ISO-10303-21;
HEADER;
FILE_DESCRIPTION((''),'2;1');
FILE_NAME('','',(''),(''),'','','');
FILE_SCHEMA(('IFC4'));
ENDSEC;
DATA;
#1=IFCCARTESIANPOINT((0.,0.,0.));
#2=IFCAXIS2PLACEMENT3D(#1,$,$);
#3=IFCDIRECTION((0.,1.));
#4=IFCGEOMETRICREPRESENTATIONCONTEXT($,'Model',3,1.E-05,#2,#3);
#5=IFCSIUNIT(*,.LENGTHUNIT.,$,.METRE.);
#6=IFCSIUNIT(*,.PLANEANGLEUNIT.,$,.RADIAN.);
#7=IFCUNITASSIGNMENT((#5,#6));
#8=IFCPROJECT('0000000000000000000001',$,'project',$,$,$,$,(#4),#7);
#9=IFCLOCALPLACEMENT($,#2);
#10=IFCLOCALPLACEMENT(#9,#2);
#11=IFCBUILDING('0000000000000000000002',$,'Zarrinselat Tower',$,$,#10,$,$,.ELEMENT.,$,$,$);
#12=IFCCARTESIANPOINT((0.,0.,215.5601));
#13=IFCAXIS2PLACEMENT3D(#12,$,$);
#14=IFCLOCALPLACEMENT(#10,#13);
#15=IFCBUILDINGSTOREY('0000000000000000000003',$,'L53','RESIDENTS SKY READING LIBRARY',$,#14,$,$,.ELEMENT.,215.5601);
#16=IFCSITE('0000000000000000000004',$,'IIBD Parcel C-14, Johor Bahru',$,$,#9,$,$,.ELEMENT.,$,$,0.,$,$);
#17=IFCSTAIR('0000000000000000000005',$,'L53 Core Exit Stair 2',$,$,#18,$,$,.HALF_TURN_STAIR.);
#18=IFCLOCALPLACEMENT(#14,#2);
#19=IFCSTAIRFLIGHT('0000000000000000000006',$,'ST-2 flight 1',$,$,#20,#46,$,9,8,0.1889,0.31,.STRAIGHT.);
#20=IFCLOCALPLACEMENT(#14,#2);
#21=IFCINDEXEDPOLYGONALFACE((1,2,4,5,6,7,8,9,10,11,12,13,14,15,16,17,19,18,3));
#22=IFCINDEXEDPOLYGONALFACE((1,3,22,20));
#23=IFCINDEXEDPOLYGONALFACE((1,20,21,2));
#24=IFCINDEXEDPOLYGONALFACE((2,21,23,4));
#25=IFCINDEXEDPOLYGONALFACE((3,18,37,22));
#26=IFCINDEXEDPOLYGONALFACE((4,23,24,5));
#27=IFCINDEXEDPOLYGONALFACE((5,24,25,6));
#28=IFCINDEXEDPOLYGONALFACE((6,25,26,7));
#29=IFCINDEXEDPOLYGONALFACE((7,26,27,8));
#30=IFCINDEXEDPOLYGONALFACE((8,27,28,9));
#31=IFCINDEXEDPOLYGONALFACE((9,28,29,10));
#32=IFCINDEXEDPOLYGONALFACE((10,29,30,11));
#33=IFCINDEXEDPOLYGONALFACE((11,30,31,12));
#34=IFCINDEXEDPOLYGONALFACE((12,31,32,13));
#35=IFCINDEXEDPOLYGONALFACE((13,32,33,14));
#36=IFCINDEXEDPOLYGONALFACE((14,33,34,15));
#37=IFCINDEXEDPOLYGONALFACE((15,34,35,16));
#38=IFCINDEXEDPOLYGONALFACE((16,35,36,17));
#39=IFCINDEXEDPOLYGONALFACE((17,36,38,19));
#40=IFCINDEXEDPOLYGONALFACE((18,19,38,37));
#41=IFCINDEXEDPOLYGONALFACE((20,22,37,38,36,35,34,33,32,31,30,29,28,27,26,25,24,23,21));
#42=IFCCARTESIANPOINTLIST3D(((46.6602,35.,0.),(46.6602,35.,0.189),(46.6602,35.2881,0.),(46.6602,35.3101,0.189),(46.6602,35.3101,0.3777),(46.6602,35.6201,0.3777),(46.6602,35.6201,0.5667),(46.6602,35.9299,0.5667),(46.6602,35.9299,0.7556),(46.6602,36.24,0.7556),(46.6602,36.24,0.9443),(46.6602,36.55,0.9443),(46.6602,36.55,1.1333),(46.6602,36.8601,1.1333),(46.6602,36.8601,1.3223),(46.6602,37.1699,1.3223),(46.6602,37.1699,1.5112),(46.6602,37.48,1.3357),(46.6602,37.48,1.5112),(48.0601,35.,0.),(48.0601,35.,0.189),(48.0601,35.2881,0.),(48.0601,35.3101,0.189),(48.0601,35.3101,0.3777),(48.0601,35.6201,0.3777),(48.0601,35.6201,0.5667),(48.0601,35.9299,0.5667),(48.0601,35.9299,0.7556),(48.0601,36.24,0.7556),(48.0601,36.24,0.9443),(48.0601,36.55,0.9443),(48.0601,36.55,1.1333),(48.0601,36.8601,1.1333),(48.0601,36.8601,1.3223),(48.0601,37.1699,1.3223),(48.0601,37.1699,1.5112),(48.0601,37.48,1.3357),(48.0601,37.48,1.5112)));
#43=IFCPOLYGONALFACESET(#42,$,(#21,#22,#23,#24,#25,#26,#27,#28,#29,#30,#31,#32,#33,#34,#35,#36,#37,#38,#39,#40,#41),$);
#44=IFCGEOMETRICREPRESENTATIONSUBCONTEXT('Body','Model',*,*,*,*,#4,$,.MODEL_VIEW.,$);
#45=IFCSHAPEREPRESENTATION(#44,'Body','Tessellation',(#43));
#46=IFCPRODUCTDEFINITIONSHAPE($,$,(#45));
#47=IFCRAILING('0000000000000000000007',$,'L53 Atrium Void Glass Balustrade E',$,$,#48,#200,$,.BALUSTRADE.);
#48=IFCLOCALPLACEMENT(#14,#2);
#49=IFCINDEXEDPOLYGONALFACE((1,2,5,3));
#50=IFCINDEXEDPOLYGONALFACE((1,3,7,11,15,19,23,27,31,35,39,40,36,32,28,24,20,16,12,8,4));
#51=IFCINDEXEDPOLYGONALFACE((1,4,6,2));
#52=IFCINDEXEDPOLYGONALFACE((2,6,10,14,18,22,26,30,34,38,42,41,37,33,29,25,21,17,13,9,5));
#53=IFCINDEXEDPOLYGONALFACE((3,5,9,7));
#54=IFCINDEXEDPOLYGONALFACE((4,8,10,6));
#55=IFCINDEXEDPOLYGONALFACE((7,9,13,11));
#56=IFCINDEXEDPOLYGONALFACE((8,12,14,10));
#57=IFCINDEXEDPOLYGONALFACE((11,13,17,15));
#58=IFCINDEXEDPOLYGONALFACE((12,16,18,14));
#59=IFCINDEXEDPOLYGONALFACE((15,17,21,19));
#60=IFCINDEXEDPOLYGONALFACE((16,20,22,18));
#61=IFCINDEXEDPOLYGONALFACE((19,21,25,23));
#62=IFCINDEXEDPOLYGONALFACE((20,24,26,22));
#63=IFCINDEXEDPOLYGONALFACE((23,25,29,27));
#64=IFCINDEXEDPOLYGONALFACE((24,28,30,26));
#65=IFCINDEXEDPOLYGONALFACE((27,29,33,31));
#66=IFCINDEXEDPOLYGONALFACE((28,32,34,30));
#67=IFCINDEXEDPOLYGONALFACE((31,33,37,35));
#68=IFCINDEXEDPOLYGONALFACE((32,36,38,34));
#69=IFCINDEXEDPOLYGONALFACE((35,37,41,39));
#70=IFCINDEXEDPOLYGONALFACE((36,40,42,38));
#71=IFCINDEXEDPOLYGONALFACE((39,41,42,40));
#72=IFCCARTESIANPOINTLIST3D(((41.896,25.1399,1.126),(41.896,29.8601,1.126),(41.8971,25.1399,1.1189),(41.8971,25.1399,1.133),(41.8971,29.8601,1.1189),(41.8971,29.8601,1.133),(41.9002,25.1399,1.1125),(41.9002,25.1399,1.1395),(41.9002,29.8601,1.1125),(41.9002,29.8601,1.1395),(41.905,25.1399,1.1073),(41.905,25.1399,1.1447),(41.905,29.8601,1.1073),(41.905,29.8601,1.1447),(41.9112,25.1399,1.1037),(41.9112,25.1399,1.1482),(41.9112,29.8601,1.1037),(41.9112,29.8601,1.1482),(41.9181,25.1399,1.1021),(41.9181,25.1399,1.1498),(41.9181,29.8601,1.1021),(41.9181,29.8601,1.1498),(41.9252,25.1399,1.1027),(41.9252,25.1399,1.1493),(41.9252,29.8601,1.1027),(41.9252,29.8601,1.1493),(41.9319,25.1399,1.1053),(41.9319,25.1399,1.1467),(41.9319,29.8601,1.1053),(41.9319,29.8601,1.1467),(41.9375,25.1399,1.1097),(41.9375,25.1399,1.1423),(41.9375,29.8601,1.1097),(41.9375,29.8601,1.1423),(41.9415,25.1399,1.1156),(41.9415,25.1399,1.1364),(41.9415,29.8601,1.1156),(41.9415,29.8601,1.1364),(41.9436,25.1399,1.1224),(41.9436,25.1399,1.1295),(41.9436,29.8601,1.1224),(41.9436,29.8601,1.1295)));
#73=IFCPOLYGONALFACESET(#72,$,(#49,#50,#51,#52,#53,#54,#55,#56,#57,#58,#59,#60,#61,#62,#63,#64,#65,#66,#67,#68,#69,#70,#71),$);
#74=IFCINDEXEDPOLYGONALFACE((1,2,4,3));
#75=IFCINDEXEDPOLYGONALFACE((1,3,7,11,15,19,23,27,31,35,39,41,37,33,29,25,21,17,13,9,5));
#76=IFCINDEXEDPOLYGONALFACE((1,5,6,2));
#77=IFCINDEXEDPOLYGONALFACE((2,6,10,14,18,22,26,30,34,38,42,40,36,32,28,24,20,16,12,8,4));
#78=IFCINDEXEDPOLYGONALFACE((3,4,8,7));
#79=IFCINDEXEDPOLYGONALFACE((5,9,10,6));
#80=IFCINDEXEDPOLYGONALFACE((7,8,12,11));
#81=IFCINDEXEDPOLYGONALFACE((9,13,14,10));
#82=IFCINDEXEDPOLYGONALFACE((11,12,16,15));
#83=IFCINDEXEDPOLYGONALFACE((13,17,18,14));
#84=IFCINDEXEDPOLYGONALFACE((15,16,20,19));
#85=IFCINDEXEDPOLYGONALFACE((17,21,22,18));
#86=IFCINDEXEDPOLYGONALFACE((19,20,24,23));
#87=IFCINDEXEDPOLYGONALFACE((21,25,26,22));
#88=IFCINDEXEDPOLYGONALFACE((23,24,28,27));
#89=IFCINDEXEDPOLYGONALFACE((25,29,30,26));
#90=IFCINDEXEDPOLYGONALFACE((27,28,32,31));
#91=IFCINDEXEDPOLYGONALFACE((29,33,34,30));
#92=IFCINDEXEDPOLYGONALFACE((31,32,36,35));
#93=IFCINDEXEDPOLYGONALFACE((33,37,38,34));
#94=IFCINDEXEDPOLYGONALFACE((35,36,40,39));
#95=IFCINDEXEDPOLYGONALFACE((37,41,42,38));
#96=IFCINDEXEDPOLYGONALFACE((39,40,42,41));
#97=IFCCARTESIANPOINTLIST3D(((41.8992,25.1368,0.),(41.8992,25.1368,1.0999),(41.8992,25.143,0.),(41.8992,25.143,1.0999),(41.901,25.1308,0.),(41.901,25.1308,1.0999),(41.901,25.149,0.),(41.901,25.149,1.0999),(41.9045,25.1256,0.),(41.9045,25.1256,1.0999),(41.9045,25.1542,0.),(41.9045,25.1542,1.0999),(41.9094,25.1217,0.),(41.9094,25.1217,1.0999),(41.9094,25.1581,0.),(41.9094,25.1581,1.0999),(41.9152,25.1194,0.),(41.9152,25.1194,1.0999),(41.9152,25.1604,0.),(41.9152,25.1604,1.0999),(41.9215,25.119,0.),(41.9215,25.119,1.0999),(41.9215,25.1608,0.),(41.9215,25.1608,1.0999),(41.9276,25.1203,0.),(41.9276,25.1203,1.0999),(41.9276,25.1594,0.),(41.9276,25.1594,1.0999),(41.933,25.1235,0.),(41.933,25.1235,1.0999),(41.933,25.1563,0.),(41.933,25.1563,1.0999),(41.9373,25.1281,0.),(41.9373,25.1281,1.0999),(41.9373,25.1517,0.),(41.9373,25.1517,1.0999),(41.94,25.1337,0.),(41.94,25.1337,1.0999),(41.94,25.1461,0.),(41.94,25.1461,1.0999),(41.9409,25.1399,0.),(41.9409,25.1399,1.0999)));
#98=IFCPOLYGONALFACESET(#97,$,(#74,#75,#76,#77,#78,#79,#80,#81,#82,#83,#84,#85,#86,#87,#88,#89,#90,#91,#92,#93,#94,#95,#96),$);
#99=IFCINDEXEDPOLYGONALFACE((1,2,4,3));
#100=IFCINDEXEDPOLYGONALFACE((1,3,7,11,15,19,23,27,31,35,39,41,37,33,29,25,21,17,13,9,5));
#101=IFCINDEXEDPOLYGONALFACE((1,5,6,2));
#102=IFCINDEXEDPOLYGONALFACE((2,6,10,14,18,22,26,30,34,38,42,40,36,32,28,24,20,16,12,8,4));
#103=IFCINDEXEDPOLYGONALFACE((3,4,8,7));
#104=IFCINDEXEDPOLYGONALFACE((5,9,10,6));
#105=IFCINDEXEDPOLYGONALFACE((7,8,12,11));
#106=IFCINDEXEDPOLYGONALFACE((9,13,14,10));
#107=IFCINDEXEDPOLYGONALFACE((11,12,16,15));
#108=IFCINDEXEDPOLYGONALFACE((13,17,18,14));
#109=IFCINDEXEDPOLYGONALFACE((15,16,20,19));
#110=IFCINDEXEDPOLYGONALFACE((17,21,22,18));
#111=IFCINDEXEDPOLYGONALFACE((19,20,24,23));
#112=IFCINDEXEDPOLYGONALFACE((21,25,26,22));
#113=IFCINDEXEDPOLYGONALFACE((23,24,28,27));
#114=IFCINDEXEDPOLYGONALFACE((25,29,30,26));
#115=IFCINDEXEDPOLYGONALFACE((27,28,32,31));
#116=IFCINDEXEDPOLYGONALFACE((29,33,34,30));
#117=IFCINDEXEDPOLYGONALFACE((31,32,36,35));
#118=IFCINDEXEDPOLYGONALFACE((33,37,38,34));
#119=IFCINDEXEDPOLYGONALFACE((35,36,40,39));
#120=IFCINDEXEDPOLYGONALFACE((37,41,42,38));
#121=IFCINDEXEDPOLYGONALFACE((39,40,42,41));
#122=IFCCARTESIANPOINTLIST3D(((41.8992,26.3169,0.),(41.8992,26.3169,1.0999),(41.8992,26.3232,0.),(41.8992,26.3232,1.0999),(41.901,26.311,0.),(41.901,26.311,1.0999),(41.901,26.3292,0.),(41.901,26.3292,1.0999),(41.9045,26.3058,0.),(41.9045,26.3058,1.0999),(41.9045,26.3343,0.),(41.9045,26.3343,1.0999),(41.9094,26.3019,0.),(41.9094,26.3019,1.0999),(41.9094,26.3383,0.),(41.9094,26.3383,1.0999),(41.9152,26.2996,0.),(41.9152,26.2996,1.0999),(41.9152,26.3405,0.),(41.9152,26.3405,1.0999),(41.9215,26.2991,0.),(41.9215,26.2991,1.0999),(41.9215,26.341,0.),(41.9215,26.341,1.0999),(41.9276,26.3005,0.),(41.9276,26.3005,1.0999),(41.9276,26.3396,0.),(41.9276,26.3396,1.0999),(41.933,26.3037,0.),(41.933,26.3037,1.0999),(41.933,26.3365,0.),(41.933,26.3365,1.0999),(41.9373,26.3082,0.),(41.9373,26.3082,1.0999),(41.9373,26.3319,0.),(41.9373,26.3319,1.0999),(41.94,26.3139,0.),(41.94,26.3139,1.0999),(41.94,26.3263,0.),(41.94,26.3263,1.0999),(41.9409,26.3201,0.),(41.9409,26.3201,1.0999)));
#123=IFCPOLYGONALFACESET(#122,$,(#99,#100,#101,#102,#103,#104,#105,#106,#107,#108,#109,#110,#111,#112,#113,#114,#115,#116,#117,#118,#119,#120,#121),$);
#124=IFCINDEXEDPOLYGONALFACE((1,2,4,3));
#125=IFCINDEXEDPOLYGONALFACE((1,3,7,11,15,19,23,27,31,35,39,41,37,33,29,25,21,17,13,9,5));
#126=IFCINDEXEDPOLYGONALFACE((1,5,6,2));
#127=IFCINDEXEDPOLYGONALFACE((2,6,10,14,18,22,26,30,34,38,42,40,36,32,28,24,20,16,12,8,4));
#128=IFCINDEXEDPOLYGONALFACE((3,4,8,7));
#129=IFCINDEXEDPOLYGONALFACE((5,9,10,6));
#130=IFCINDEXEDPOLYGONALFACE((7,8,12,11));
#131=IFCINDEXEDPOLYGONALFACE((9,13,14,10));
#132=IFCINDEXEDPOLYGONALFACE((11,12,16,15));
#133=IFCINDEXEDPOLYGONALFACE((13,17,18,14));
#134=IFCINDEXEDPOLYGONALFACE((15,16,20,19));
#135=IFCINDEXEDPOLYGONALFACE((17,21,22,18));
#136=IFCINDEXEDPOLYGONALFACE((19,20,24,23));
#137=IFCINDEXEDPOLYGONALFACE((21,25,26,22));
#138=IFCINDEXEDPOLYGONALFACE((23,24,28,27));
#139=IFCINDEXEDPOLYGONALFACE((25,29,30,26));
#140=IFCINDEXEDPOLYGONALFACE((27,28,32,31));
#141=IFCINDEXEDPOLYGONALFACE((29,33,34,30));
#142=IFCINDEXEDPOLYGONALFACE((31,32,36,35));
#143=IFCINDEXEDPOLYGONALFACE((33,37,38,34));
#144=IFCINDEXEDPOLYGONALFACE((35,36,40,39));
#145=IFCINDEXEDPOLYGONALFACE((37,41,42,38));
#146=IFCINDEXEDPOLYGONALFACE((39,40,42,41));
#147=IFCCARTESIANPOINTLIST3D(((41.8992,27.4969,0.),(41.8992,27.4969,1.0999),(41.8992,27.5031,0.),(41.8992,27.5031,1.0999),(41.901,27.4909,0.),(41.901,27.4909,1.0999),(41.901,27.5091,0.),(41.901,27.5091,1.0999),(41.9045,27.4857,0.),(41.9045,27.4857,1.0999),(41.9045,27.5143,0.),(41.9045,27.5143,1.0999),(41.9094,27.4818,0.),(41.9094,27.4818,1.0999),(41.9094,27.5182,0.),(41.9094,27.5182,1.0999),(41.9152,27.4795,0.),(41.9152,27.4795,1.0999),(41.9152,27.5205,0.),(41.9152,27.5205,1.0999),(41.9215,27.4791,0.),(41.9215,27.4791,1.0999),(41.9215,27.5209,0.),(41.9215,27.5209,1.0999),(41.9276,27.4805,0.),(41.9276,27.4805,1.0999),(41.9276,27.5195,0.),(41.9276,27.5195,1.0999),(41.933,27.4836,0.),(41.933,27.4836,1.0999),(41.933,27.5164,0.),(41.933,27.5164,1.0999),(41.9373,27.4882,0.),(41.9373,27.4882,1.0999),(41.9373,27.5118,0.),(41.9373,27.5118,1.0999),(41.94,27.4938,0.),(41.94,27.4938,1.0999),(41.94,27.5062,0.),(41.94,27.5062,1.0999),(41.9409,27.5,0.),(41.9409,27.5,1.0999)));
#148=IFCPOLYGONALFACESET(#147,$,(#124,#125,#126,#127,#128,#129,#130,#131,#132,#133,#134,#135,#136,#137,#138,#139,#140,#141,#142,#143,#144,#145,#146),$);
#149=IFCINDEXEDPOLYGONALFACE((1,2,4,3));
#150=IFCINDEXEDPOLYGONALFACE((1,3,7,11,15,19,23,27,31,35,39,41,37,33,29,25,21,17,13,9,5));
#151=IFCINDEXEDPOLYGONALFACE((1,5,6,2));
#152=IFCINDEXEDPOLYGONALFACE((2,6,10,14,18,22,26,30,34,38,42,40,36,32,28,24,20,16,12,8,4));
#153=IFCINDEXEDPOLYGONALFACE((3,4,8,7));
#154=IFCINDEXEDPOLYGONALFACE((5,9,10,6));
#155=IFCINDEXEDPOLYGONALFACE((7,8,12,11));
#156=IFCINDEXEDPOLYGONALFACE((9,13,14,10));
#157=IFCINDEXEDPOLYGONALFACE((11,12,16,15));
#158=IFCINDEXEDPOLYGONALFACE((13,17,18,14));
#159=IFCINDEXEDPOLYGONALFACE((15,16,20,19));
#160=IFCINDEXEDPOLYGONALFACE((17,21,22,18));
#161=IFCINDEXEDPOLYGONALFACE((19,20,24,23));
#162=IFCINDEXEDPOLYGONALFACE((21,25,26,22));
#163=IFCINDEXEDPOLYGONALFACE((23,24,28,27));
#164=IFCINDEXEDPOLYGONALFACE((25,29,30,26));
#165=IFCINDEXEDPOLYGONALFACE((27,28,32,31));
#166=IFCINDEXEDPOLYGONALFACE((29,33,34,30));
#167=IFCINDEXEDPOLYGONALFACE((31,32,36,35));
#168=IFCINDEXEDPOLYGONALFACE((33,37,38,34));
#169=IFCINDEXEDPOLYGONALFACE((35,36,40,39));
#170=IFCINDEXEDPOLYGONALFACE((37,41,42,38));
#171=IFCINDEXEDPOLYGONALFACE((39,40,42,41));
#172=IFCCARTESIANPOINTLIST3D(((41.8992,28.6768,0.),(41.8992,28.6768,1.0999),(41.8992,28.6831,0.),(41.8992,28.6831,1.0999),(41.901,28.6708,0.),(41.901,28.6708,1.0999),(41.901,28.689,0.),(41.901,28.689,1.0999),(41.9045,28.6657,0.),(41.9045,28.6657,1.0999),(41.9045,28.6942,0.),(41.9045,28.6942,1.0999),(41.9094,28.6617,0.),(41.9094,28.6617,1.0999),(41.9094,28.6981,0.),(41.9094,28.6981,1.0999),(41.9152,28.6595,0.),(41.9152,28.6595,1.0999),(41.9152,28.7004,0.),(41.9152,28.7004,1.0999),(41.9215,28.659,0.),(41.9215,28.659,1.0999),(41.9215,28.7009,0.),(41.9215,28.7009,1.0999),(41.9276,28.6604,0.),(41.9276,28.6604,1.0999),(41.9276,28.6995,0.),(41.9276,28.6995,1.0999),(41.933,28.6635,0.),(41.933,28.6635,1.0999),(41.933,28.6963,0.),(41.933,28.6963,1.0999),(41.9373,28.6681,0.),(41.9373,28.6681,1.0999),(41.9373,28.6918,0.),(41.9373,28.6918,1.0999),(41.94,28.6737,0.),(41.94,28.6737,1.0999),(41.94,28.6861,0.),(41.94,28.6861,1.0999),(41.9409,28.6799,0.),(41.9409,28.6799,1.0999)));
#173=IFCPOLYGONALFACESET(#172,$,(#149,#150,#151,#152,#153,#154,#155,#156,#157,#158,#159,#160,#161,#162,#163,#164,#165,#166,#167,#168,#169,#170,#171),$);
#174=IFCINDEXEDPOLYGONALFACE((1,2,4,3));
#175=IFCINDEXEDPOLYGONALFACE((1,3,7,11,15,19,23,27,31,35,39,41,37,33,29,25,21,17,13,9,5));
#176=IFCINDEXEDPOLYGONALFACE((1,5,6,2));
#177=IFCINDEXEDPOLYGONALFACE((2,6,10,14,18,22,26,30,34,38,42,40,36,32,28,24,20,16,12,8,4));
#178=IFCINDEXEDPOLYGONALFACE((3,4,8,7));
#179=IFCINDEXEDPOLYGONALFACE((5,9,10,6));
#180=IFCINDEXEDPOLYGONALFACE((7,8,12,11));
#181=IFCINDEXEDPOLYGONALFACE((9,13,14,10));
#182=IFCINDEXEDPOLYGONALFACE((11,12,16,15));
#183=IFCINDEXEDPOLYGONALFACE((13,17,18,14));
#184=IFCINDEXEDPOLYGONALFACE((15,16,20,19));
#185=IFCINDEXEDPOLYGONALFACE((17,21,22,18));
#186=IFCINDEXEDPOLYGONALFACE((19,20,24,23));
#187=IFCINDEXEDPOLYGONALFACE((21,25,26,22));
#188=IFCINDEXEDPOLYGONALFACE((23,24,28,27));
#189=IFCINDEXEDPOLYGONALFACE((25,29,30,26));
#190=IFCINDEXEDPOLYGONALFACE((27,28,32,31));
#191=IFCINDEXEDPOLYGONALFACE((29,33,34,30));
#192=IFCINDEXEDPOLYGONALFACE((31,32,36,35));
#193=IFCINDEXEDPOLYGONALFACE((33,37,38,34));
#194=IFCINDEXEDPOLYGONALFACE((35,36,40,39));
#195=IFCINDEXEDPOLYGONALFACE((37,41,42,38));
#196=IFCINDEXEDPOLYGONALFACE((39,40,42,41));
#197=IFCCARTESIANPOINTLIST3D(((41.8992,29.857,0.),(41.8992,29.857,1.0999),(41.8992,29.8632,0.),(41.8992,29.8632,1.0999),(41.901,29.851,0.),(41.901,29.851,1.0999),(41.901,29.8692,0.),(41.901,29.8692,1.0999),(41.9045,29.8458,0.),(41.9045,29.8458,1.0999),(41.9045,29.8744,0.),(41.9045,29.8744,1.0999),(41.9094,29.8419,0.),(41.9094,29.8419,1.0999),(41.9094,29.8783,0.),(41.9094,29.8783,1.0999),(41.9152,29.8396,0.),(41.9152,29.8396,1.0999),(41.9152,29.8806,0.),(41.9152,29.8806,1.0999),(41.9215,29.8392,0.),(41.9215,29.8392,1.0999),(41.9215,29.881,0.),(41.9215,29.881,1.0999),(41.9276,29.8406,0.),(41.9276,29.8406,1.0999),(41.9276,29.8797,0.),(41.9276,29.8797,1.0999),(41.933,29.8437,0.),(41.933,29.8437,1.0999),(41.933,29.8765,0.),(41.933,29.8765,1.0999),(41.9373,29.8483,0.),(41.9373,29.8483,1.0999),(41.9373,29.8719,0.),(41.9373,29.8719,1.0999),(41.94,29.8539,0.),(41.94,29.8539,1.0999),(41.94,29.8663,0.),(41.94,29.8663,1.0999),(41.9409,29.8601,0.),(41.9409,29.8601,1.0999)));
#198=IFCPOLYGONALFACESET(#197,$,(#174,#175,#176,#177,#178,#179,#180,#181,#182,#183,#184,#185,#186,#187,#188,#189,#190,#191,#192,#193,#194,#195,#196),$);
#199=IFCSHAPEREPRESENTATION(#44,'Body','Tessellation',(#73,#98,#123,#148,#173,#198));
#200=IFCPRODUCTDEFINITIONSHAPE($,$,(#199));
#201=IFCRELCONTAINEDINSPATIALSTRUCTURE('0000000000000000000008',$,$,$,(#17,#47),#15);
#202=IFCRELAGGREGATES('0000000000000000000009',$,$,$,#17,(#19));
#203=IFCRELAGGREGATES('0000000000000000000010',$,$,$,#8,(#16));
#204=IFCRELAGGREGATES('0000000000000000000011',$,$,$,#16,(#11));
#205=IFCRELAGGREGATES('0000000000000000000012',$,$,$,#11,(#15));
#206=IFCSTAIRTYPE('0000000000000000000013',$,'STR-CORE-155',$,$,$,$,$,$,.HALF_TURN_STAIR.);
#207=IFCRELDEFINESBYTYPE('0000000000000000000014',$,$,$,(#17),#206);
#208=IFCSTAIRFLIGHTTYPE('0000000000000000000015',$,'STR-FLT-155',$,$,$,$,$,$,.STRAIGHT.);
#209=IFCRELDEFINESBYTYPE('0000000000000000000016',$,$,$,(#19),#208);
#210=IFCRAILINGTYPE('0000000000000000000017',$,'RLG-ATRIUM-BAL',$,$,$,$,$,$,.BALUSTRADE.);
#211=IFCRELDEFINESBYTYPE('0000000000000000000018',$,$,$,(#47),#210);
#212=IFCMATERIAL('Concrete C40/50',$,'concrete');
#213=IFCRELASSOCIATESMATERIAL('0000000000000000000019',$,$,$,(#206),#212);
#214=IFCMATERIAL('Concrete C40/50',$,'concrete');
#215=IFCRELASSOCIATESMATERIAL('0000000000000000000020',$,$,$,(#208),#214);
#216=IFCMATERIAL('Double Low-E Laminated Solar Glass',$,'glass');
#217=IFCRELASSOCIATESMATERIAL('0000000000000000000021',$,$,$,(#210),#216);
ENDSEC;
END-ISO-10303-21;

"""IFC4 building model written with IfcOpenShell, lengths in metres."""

from ifc_helpers import new_model, si_unit, direction, frame, origin, origin_2d, place, context, subcontext, project, spatial, polyline, circle, outline, extrude, material, type_object, element, aggregate, save


model = new_model("IFC4")

# Units and contexts
model_context = context("Model", 3, precision=1e-05, world=origin(), true_north=direction((0.0, 1.0)))
body_context = subcontext(model_context, "Body", "Model", "MODEL_VIEW")
ifc_project = project(units=[si_unit("LENGTHUNIT", "METRE"), si_unit("PLANEANGLEUNIT", "RADIAN")], contexts=[model_context])

# Site, building, storey
site_placement = place(None, origin())
site = spatial("IfcSite", under=ifc_project, at=site_placement, Name="IIBD Parcel C-14, Johor Bahru", CompositionType="ELEMENT", RefElevation=0.0)
building_placement = place(site_placement, origin())
building = spatial("IfcBuilding", under=site, at=building_placement, Name="Zarrinselat Tower", CompositionType="ELEMENT")
storey_placement = place(building_placement, frame((0.0, 0.0, 215.5601)))
storey = spatial("IfcBuildingStorey", under=building, at=storey_placement, Name="L53", Description="RESIDENTS SKY READING LIBRARY", CompositionType="ELEMENT", Elevation=215.5601)

# Stair, stair flight
ifc_material_1 = material(Name="Concrete C40/50", Category="concrete")
stair_type = type_object("IfcStairType", Name="STR-CORE-155", PredefinedType="HALF_TURN_STAIR", material=ifc_material_1)
stair_placement = place(storey_placement, origin())
stair = element("IfcStair", 1, at=stair_placement, inside=storey, type_object=stair_type, Name="L53 Core Exit Stair 2", PredefinedType="HALF_TURN_STAIR")
ifc_material_2 = material(Name="Concrete C40/50", Category="concrete")
stair_flight_type = type_object("IfcStairFlightType", Name="STR-FLT-155", PredefinedType="STRAIGHT", material=ifc_material_2)
stair_flight_placement = place(storey_placement, frame((47.3601, 35.0, 0.0), z_axis=(0.0, 0.0, 1.0), x_axis=(0.0, 1.0, 0.0)))
stair_flight = element("IfcStairFlight", 2, at=stair_flight_placement, type_object=stair_flight_type, Name="ST-2 flight 1", NumberOfRisers=9, NumberOfTreads=8, PredefinedType="STRAIGHT", RiserHeight=0.1889, TreadLength=0.31, context=body_context, shape_type="SweptSolid", body=[
    extrude(outline(polyline([(0.0, 0.0), (0.0, 0.189), (0.3101, 0.189), (0.3101, 0.3777), (0.6201, 0.3777), (0.6201, 0.5667), (0.9299, 0.5667), (0.9299, 0.7556), (1.24, 0.7556), (1.24, 0.9443), (1.55, 0.9443), (1.55, 1.1333), (1.8601, 1.1333), (1.8601, 1.3223), (2.1699, 1.3223), (2.1699, 1.5112), (2.48, 1.5112), (2.48, 1.7), (2.48, 1.3357), (0.2881, 0.0), (0.0, 0.0)])), frame((0.0, 0.7, 0.0), z_axis=(0.0, -1.0, 0.0), x_axis=(1.0, 0.0, 0.0)), (0.0, 0.0, 1.0), 1.3999),
])
aggregate(stair, [stair_flight])

# Railing
ifc_material_3 = material(Name="Double Low-E Laminated Solar Glass", Category="glass")
railing_type_1 = type_object("IfcRailingType", Name="RLG-ATRIUM-BAL", PredefinedType="BALUSTRADE", material=ifc_material_3)
railing_1_placement = place(storey_placement, frame((41.9199, 25.1399, 0.0)))
element("IfcRailing", 3, at=railing_1_placement, inside=storey, type_object=railing_type_1, Name="L53 Atrium Void Glass Balustrade E", PredefinedType="BALUSTRADE", context=body_context, shape_type="SweptSolid", body=[
    extrude(circle(Radius=0.0239, at=origin_2d()), frame((0.0, 0.0, 1.126), z_axis=(0.0, 1.0, 0.0), x_axis=(-1.0, 0.0, 0.0)), (0.0, 0.0, 1.0), 4.7202),
    extrude(circle(Radius=0.021, at=origin_2d()), origin(), (0.0, 0.0, 1.0), 1.0999),
    extrude(circle(Radius=0.021, at=origin_2d()), frame((0.0, 1.1802, 0.0)), (0.0, 0.0, 1.0), 1.0999),
    extrude(circle(Radius=0.021, at=origin_2d()), frame((0.0, 2.3601, 0.0)), (0.0, 0.0, 1.0), 1.0999),
    extrude(circle(Radius=0.021, at=origin_2d()), frame((0.0, 3.54, 0.0)), (0.0, 0.0, 1.0), 1.0999),
    extrude(circle(Radius=0.021, at=origin_2d()), frame((0.0, 4.7202, 0.0)), (0.0, 0.0, 1.0), 1.0999),
])

save(model, "model.ifc")
